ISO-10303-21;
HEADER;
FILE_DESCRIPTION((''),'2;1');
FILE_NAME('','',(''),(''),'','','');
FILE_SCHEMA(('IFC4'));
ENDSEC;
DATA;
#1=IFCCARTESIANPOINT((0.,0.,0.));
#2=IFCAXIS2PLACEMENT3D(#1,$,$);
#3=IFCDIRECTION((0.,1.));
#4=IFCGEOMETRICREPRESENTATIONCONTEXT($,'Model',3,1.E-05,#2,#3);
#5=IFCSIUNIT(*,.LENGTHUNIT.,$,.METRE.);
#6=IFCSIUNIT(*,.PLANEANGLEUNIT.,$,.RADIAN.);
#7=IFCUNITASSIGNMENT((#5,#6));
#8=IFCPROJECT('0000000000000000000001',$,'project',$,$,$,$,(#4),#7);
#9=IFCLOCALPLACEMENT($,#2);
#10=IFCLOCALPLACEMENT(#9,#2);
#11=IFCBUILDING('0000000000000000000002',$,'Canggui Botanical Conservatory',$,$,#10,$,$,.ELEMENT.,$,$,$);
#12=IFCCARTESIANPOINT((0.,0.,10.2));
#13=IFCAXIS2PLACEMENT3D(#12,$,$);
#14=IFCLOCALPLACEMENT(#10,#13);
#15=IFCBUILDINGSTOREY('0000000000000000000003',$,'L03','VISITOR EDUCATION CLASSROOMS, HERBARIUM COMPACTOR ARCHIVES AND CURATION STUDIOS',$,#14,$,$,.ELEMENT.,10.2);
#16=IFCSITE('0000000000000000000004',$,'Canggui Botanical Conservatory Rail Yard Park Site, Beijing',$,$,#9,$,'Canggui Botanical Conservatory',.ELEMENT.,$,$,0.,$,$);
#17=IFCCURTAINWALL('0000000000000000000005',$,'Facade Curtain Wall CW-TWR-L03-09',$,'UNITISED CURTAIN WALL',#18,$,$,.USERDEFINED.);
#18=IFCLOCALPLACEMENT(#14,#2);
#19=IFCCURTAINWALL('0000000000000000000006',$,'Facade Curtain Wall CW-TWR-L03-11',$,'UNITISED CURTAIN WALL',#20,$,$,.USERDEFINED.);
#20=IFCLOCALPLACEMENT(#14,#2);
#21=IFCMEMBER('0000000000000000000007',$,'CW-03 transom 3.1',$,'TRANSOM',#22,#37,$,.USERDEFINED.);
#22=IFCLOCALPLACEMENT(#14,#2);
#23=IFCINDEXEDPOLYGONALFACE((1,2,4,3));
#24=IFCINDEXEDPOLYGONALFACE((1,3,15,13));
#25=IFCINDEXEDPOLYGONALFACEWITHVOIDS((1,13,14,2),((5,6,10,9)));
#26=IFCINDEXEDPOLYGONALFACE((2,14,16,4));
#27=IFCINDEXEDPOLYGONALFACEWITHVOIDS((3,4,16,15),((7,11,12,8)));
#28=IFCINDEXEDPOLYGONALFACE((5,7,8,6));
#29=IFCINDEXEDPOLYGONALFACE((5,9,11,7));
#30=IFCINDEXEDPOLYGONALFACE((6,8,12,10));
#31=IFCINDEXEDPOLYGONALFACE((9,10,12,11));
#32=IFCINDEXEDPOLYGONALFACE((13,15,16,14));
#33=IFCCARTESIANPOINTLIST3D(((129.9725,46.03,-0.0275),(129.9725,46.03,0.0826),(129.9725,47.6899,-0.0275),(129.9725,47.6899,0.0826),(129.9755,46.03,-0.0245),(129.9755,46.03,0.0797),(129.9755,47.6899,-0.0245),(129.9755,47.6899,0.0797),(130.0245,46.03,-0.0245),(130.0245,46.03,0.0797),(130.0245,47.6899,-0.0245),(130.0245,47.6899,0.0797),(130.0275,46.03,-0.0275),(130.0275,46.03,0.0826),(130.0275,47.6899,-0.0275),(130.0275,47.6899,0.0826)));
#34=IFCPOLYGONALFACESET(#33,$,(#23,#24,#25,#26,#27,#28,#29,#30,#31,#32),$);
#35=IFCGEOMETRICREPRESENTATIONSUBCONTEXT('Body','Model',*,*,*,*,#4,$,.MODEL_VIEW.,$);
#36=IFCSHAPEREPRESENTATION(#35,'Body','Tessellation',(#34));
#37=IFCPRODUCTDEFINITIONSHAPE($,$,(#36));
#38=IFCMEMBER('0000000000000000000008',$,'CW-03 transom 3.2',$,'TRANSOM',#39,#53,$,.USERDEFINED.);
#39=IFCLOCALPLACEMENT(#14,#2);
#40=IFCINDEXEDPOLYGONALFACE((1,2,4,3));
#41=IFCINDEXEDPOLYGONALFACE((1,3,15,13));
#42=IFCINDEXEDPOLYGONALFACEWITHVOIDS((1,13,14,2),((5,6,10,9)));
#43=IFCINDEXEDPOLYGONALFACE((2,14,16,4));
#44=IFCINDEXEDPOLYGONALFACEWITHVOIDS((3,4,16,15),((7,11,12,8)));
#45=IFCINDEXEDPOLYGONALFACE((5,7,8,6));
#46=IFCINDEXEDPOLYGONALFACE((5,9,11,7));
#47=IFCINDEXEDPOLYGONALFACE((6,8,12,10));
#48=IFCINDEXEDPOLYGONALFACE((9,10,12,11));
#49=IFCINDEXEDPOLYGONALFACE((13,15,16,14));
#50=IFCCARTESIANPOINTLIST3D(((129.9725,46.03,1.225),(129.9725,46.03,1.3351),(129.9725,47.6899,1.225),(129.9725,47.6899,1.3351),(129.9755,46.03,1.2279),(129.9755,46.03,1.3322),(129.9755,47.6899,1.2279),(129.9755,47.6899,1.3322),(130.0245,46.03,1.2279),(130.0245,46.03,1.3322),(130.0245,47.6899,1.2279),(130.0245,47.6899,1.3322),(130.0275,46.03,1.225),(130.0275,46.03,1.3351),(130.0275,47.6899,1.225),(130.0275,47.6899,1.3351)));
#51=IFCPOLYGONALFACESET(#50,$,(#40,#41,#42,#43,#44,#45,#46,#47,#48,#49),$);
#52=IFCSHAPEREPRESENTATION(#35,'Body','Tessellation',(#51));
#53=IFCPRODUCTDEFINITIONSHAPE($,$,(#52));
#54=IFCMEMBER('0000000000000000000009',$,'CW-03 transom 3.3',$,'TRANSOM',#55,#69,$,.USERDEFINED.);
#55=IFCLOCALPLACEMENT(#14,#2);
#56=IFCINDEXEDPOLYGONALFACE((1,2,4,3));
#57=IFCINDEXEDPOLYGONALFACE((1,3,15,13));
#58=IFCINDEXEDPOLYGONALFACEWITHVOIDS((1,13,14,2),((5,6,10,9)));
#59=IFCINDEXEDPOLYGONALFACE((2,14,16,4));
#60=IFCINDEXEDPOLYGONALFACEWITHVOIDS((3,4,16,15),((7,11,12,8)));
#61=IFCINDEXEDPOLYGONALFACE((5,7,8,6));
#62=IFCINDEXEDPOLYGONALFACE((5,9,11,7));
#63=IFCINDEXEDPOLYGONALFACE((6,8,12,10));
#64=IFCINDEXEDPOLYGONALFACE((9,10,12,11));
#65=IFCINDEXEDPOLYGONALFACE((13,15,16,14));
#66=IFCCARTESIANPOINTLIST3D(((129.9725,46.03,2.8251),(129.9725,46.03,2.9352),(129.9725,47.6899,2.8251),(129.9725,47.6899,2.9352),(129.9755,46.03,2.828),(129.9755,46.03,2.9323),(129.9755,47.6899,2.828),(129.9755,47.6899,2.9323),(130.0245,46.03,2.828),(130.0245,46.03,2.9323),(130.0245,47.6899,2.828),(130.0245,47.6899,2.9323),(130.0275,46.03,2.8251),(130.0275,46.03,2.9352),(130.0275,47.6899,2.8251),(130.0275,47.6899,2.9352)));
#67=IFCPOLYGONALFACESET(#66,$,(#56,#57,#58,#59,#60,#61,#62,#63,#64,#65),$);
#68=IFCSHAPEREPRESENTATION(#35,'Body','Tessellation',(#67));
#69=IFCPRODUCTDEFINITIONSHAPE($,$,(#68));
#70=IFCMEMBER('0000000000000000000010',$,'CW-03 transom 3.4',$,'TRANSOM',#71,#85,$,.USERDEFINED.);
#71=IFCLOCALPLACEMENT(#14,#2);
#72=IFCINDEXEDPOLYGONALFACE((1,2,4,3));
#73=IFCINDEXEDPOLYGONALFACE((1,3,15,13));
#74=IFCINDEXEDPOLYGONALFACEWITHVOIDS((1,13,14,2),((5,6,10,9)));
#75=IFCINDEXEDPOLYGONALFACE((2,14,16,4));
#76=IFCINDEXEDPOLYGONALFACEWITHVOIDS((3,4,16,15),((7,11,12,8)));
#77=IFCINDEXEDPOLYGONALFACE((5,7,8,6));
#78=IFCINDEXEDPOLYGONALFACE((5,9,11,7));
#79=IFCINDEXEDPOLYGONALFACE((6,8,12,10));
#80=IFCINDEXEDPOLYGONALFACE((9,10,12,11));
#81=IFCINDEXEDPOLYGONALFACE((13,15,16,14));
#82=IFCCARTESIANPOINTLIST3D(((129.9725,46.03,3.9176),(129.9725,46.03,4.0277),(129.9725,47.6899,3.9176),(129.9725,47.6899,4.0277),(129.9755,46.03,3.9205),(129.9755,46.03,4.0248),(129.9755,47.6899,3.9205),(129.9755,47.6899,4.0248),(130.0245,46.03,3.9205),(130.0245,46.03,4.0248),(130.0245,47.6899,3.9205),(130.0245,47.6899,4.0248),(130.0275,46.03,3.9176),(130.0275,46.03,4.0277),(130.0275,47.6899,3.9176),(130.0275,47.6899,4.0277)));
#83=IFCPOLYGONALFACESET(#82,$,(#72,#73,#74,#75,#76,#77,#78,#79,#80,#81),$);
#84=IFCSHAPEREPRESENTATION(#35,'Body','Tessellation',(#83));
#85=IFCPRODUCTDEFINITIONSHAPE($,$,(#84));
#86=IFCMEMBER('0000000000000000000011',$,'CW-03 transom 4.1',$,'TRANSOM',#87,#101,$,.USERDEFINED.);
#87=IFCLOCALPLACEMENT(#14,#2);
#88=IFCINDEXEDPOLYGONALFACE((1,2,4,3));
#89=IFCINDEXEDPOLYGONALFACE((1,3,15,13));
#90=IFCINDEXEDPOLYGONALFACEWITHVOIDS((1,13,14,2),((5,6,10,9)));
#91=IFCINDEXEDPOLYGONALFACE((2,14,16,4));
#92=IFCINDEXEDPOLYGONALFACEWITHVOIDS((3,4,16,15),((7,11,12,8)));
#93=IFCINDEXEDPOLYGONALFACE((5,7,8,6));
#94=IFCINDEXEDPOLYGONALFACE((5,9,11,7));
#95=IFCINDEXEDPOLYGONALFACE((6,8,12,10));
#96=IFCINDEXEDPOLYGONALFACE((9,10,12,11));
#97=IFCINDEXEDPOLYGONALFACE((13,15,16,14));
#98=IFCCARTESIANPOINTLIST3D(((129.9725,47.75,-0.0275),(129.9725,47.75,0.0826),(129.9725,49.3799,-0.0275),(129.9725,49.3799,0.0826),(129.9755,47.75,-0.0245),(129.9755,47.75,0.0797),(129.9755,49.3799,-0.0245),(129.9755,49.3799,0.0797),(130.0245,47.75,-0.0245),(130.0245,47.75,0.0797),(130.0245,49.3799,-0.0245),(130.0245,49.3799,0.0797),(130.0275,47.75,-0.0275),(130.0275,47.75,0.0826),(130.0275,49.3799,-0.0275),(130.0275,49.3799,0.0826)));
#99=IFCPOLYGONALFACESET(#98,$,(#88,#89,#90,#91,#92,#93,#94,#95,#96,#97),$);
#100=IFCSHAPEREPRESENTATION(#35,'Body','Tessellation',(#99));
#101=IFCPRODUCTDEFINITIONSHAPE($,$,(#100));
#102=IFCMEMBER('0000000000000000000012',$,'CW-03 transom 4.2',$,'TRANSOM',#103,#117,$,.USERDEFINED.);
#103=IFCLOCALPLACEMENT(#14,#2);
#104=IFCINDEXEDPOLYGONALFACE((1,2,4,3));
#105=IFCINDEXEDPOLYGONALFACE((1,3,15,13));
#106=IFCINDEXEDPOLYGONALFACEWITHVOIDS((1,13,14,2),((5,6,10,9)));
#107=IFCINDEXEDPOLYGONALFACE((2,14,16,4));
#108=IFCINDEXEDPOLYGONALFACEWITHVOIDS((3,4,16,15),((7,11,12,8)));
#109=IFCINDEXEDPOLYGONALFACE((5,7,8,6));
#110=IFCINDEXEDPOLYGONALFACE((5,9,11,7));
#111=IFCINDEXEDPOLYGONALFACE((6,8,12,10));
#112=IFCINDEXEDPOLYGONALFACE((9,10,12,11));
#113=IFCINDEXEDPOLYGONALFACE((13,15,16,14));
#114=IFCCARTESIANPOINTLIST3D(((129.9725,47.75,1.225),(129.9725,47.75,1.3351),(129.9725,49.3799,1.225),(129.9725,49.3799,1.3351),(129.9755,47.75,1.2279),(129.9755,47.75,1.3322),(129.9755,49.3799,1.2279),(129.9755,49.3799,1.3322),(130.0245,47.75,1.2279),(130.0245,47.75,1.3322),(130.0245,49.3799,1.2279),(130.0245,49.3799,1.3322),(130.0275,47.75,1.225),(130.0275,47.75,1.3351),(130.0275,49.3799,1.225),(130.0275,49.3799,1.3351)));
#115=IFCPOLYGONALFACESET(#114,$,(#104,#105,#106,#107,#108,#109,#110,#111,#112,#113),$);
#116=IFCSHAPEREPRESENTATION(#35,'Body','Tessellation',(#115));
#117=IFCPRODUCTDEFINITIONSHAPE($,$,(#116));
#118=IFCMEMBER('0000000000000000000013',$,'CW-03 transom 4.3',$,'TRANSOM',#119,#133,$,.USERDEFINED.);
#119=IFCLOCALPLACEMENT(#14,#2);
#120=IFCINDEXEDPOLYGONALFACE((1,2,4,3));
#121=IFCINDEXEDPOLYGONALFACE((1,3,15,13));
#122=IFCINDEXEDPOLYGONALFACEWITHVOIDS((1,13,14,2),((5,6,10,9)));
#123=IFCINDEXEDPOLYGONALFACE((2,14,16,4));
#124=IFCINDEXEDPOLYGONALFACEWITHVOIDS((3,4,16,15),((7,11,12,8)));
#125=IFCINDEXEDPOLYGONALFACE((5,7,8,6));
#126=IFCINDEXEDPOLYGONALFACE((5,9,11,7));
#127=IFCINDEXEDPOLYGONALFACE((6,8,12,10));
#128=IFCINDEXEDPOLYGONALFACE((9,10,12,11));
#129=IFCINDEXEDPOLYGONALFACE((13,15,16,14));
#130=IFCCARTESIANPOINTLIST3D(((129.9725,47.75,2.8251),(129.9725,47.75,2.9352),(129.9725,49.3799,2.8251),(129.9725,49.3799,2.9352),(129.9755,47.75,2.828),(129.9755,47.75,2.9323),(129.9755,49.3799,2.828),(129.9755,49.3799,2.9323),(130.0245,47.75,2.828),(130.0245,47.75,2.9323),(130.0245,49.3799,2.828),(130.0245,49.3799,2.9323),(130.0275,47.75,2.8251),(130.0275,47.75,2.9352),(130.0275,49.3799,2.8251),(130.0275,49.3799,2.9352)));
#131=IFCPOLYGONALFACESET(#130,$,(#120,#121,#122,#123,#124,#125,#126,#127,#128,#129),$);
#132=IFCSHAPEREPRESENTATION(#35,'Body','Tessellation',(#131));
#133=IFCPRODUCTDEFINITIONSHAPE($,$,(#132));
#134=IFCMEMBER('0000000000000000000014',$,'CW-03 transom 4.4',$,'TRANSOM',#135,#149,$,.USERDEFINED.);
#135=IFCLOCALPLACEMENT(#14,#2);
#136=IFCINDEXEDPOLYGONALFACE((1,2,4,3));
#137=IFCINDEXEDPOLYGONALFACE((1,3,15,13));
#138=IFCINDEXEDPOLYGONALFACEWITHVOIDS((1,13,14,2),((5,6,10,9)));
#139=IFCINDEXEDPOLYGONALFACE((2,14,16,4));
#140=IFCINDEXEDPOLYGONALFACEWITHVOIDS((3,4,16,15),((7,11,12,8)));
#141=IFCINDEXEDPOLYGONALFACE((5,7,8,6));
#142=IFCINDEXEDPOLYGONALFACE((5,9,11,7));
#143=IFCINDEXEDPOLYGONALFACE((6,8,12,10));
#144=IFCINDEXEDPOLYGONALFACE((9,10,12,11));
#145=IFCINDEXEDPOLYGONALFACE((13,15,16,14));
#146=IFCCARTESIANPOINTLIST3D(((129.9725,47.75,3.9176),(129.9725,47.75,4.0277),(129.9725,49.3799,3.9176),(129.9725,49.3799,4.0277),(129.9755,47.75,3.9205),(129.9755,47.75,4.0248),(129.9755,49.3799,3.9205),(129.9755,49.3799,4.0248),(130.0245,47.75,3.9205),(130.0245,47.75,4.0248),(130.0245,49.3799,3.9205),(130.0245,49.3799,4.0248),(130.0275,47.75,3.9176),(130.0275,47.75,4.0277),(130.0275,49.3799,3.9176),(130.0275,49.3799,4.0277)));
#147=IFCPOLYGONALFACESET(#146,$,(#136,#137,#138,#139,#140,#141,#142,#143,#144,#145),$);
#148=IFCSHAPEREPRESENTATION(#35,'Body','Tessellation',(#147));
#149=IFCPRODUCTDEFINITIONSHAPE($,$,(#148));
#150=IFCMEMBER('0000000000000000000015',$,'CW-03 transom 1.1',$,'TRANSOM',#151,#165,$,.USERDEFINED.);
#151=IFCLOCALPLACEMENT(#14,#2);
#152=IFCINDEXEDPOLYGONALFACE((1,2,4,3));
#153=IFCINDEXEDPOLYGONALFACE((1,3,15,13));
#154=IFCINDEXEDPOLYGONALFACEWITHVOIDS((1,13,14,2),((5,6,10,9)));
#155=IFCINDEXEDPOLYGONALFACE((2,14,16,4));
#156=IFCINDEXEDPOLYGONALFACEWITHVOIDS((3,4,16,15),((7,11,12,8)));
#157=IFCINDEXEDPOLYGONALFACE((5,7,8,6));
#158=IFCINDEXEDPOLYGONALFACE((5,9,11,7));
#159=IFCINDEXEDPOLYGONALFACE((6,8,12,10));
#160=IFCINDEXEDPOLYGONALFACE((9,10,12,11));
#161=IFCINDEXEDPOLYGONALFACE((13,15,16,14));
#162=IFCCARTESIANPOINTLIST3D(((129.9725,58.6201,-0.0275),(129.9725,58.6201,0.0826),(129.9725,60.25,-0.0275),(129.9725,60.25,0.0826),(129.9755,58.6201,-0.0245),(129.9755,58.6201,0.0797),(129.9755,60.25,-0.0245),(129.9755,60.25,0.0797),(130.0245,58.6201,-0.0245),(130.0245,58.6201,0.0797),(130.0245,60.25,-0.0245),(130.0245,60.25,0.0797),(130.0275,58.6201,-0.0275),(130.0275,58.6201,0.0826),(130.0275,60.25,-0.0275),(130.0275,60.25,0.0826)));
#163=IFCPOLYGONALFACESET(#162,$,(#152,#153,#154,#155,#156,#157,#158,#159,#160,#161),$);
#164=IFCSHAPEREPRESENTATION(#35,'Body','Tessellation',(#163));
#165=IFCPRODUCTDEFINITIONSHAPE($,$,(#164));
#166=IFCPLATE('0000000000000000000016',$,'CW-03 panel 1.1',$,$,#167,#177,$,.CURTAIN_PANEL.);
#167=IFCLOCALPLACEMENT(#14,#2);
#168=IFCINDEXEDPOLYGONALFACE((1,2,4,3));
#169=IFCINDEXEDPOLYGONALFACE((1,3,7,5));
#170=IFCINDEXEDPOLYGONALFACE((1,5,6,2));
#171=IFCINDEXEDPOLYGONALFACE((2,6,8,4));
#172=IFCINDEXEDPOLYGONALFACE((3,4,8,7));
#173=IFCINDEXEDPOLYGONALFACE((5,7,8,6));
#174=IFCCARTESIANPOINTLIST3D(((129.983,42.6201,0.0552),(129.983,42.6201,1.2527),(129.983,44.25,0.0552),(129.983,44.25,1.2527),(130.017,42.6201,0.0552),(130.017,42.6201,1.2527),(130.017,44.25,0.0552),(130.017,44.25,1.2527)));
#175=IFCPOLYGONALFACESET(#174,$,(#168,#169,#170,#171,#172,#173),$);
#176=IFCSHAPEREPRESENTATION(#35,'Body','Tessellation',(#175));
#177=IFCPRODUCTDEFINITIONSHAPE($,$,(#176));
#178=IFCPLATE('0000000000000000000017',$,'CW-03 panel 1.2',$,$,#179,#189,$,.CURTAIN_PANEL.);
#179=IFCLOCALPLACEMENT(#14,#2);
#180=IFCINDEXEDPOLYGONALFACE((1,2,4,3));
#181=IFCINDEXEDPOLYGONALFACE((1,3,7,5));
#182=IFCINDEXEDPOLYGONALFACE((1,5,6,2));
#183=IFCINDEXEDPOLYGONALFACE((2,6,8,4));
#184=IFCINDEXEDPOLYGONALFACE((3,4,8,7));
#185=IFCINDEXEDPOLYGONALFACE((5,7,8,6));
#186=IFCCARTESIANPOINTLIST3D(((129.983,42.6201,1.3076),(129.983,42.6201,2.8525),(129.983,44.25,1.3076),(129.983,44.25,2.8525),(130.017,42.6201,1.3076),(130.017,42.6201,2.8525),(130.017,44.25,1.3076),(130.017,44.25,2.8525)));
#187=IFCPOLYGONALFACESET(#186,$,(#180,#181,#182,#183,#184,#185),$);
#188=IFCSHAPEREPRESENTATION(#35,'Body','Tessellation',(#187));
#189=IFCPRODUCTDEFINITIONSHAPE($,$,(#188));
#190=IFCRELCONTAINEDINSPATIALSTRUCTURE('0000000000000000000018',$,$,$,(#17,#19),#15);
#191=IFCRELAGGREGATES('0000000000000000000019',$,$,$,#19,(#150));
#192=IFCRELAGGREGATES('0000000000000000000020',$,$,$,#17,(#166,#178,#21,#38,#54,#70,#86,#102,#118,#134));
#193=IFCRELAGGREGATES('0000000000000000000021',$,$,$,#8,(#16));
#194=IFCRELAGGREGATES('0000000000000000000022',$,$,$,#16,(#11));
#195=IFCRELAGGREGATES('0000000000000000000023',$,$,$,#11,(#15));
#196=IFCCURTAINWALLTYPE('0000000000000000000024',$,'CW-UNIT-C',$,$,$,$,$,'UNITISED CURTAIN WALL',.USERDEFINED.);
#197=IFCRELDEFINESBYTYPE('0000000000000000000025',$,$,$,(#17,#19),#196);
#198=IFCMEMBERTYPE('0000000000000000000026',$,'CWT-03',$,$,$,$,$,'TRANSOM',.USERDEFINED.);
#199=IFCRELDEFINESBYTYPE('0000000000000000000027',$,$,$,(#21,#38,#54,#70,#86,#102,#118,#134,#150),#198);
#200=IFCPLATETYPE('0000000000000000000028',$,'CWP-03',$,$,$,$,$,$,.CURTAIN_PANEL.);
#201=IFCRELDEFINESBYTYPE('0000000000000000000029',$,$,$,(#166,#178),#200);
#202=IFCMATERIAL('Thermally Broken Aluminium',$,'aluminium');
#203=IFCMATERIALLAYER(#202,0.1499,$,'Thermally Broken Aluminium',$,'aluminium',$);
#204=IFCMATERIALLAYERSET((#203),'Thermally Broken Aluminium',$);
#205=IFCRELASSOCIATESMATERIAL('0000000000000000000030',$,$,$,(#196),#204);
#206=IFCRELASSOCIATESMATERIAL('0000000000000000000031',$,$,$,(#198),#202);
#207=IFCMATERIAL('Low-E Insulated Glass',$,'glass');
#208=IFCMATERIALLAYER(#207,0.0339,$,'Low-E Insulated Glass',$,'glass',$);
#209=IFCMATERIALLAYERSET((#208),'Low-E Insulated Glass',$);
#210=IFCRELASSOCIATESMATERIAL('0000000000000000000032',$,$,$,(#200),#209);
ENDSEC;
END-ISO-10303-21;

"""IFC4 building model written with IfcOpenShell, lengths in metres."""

from ifc_helpers import new_model, si_unit, direction, frame, origin, origin_2d, place, context, subcontext, project, spatial, rectangle, hollow_rectangle, extrude, material, layer, layer_set, material_profile, profile_set, type_object, element, aggregate, save


model = new_model("IFC4")

# Units and contexts
model_context = context("Model", 3, precision=1e-05, world=origin(), true_north=direction((0.0, 1.0)))
body_context = subcontext(model_context, "Body", "Model", "MODEL_VIEW")
ifc_project = project(units=[si_unit("LENGTHUNIT", "METRE"), si_unit("PLANEANGLEUNIT", "RADIAN")], contexts=[model_context])

# Site, building, storey
site_placement = place(None, origin())
site = spatial("IfcSite", under=ifc_project, at=site_placement, Name="Canggui Botanical Conservatory Rail Yard Park Site, Beijing", LongName="Canggui Botanical Conservatory", CompositionType="ELEMENT", RefElevation=0.0)
building_placement = place(site_placement, origin())
building = spatial("IfcBuilding", under=site, at=building_placement, Name="Canggui Botanical Conservatory", CompositionType="ELEMENT")
storey_placement = place(building_placement, frame((0.0, 0.0, 10.2)))
storey = spatial("IfcBuildingStorey", under=building, at=storey_placement, Name="L03", Description="VISITOR EDUCATION CLASSROOMS, HERBARIUM COMPACTOR ARCHIVES AND CURATION STUDIOS", CompositionType="ELEMENT", Elevation=10.2)

# Curtain wall
ifc_material_1 = material(Name="Thermally Broken Aluminium", Category="aluminium")
ifc_layer_1 = layer(ifc_material_1, 0.1499, Name="Thermally Broken Aluminium", Category="aluminium")
ifc_layer_set_1 = layer_set([ifc_layer_1], Name="Thermally Broken Aluminium")
curtain_wall_type = type_object("IfcCurtainWallType", Name="CW-UNIT-C", ElementType="UNITISED CURTAIN WALL", PredefinedType="USERDEFINED", material=ifc_layer_set_1)
curtain_wall_1_placement = place(storey_placement, origin())
curtain_wall_1 = element("IfcCurtainWall", 1, at=curtain_wall_1_placement, inside=storey, type_object=curtain_wall_type, Name="Facade Curtain Wall CW-TWR-L03-09", ObjectType="UNITISED CURTAIN WALL", PredefinedType="USERDEFINED")

# Curtain wall
curtain_wall_2_placement = place(storey_placement, origin())
curtain_wall_2 = element("IfcCurtainWall", 2, at=curtain_wall_2_placement, inside=storey, type_object=curtain_wall_type, Name="Facade Curtain Wall CW-TWR-L03-11", ObjectType="UNITISED CURTAIN WALL", PredefinedType="USERDEFINED")

# Members
ifc_material_profile_1 = material_profile(ifc_material_1, hollow_rectangle(XDim=0.0549, YDim=0.1101, WallThickness=0.0029, at=origin_2d()), Name="CWT 55x110x3")
ifc_profile_set_1 = profile_set([ifc_material_profile_1], Name="Thermally Broken Aluminium")
member_type_1 = type_object("IfcMemberType", Name="CWT-03", ElementType="TRANSOM", PredefinedType="USERDEFINED", material=ifc_profile_set_1)
member_1_placement = place(storey_placement, frame((130.0, 46.03, 0.0276), z_axis=(0.0, 1.0, 0.0), x_axis=(-1.0, 0.0, 0.0)))
member_1 = element("IfcMember", 3, at=member_1_placement, type_object=member_type_1, Name="CW-03 transom 3.1", ObjectType="TRANSOM", PredefinedType="USERDEFINED", context=body_context, shape_type="SweptSolid", body=[
    extrude(hollow_rectangle(XDim=0.0549, YDim=0.1101, WallThickness=0.0029, at=origin_2d()), origin(), (0.0, 0.0, 1.0), 1.6599),
])
member_2_placement = place(storey_placement, frame((130.0, 46.03, 1.28), z_axis=(0.0, 1.0, 0.0), x_axis=(-1.0, 0.0, 0.0)))
member_2 = element("IfcMember", 4, at=member_2_placement, type_object=member_type_1, Name="CW-03 transom 3.2", ObjectType="TRANSOM", PredefinedType="USERDEFINED", context=body_context, shape_type="SweptSolid", body=[
    extrude(hollow_rectangle(XDim=0.0549, YDim=0.1101, WallThickness=0.0029, at=origin_2d()), origin(), (0.0, 0.0, 1.0), 1.6599),
])
member_3_placement = place(storey_placement, frame((130.0, 46.03, 2.8801), z_axis=(0.0, 1.0, 0.0), x_axis=(-1.0, 0.0, 0.0)))
member_3 = element("IfcMember", 5, at=member_3_placement, type_object=member_type_1, Name="CW-03 transom 3.3", ObjectType="TRANSOM", PredefinedType="USERDEFINED", context=body_context, shape_type="SweptSolid", body=[
    extrude(hollow_rectangle(XDim=0.0549, YDim=0.1101, WallThickness=0.0029, at=origin_2d()), origin(), (0.0, 0.0, 1.0), 1.6599),
])
member_4_placement = place(storey_placement, frame((130.0, 46.03, 3.9727), z_axis=(0.0, 1.0, 0.0), x_axis=(-1.0, 0.0, 0.0)))
member_4 = element("IfcMember", 6, at=member_4_placement, type_object=member_type_1, Name="CW-03 transom 3.4", ObjectType="TRANSOM", PredefinedType="USERDEFINED", context=body_context, shape_type="SweptSolid", body=[
    extrude(hollow_rectangle(XDim=0.0549, YDim=0.1101, WallThickness=0.0029, at=origin_2d()), origin(), (0.0, 0.0, 1.0), 1.6599),
])
member_5_placement = place(storey_placement, frame((130.0, 47.75, 0.0276), z_axis=(0.0, 1.0, 0.0), x_axis=(-1.0, 0.0, 0.0)))
member_5 = element("IfcMember", 7, at=member_5_placement, type_object=member_type_1, Name="CW-03 transom 4.1", ObjectType="TRANSOM", PredefinedType="USERDEFINED", context=body_context, shape_type="SweptSolid", body=[
    extrude(hollow_rectangle(XDim=0.0549, YDim=0.1101, WallThickness=0.0029, at=origin_2d()), origin(), (0.0, 0.0, 1.0), 1.6299),
])
member_6_placement = place(storey_placement, frame((130.0, 47.75, 1.28), z_axis=(0.0, 1.0, 0.0), x_axis=(-1.0, 0.0, 0.0)))
member_6 = element("IfcMember", 8, at=member_6_placement, type_object=member_type_1, Name="CW-03 transom 4.2", ObjectType="TRANSOM", PredefinedType="USERDEFINED", context=body_context, shape_type="SweptSolid", body=[
    extrude(hollow_rectangle(XDim=0.0549, YDim=0.1101, WallThickness=0.0029, at=origin_2d()), origin(), (0.0, 0.0, 1.0), 1.6299),
])
member_7_placement = place(storey_placement, frame((130.0, 47.75, 2.8801), z_axis=(0.0, 1.0, 0.0), x_axis=(-1.0, 0.0, 0.0)))
member_7 = element("IfcMember", 9, at=member_7_placement, type_object=member_type_1, Name="CW-03 transom 4.3", ObjectType="TRANSOM", PredefinedType="USERDEFINED", context=body_context, shape_type="SweptSolid", body=[
    extrude(hollow_rectangle(XDim=0.0549, YDim=0.1101, WallThickness=0.0029, at=origin_2d()), origin(), (0.0, 0.0, 1.0), 1.6299),
])
member_8_placement = place(storey_placement, frame((130.0, 47.75, 3.9727), z_axis=(0.0, 1.0, 0.0), x_axis=(-1.0, 0.0, 0.0)))
member_8 = element("IfcMember", 10, at=member_8_placement, type_object=member_type_1, Name="CW-03 transom 4.4", ObjectType="TRANSOM", PredefinedType="USERDEFINED", context=body_context, shape_type="SweptSolid", body=[
    extrude(hollow_rectangle(XDim=0.0549, YDim=0.1101, WallThickness=0.0029, at=origin_2d()), origin(), (0.0, 0.0, 1.0), 1.6299),
])
member_9_placement = place(storey_placement, frame((130.0, 58.6201, 0.0276), z_axis=(0.0, 1.0, 0.0), x_axis=(-1.0, 0.0, 0.0)))
member_9 = element("IfcMember", 11, at=member_9_placement, type_object=member_type_1, Name="CW-03 transom 1.1", ObjectType="TRANSOM", PredefinedType="USERDEFINED", context=body_context, shape_type="SweptSolid", body=[
    extrude(hollow_rectangle(XDim=0.0549, YDim=0.1101, WallThickness=0.0029, at=origin_2d()), origin(), (0.0, 0.0, 1.0), 1.6299),
])
aggregate(curtain_wall_2, [member_9])

# Plates
ifc_material_2 = material(Name="Low-E Insulated Glass", Category="glass")
ifc_layer_2 = layer(ifc_material_2, 0.0339, Name="Low-E Insulated Glass", Category="glass")
ifc_layer_set_2 = layer_set([ifc_layer_2], Name="Low-E Insulated Glass")
plate_type = type_object("IfcPlateType", Name="CWP-03", PredefinedType="CURTAIN_PANEL", material=ifc_layer_set_2)
plate_1_placement = place(storey_placement, frame((130.0, 43.4351, 0.0552), z_axis=(0.0, 0.0, 1.0), x_axis=(0.0, 1.0, 0.0)))
plate_1 = element("IfcPlate", 12, at=plate_1_placement, type_object=plate_type, Name="CW-03 panel 1.1", PredefinedType="CURTAIN_PANEL", context=body_context, shape_type="SweptSolid", body=[
    extrude(rectangle(XDim=1.6299, YDim=0.0339, at=origin_2d()), origin(), (0.0, 0.0, 1.0), 1.1975),
])
plate_2_placement = place(storey_placement, frame((130.0, 43.4351, 1.3076), z_axis=(0.0, 0.0, 1.0), x_axis=(0.0, 1.0, 0.0)))
plate_2 = element("IfcPlate", 13, at=plate_2_placement, type_object=plate_type, Name="CW-03 panel 1.2", PredefinedType="CURTAIN_PANEL", context=body_context, shape_type="SweptSolid", body=[
    extrude(rectangle(XDim=1.6299, YDim=0.0339, at=origin_2d()), origin(), (0.0, 0.0, 1.0), 1.5449),
])
aggregate(curtain_wall_1, [plate_1, plate_2, member_1, member_2, member_3, member_4, member_5, member_6, member_7, member_8])

save(model, "model.ifc")
